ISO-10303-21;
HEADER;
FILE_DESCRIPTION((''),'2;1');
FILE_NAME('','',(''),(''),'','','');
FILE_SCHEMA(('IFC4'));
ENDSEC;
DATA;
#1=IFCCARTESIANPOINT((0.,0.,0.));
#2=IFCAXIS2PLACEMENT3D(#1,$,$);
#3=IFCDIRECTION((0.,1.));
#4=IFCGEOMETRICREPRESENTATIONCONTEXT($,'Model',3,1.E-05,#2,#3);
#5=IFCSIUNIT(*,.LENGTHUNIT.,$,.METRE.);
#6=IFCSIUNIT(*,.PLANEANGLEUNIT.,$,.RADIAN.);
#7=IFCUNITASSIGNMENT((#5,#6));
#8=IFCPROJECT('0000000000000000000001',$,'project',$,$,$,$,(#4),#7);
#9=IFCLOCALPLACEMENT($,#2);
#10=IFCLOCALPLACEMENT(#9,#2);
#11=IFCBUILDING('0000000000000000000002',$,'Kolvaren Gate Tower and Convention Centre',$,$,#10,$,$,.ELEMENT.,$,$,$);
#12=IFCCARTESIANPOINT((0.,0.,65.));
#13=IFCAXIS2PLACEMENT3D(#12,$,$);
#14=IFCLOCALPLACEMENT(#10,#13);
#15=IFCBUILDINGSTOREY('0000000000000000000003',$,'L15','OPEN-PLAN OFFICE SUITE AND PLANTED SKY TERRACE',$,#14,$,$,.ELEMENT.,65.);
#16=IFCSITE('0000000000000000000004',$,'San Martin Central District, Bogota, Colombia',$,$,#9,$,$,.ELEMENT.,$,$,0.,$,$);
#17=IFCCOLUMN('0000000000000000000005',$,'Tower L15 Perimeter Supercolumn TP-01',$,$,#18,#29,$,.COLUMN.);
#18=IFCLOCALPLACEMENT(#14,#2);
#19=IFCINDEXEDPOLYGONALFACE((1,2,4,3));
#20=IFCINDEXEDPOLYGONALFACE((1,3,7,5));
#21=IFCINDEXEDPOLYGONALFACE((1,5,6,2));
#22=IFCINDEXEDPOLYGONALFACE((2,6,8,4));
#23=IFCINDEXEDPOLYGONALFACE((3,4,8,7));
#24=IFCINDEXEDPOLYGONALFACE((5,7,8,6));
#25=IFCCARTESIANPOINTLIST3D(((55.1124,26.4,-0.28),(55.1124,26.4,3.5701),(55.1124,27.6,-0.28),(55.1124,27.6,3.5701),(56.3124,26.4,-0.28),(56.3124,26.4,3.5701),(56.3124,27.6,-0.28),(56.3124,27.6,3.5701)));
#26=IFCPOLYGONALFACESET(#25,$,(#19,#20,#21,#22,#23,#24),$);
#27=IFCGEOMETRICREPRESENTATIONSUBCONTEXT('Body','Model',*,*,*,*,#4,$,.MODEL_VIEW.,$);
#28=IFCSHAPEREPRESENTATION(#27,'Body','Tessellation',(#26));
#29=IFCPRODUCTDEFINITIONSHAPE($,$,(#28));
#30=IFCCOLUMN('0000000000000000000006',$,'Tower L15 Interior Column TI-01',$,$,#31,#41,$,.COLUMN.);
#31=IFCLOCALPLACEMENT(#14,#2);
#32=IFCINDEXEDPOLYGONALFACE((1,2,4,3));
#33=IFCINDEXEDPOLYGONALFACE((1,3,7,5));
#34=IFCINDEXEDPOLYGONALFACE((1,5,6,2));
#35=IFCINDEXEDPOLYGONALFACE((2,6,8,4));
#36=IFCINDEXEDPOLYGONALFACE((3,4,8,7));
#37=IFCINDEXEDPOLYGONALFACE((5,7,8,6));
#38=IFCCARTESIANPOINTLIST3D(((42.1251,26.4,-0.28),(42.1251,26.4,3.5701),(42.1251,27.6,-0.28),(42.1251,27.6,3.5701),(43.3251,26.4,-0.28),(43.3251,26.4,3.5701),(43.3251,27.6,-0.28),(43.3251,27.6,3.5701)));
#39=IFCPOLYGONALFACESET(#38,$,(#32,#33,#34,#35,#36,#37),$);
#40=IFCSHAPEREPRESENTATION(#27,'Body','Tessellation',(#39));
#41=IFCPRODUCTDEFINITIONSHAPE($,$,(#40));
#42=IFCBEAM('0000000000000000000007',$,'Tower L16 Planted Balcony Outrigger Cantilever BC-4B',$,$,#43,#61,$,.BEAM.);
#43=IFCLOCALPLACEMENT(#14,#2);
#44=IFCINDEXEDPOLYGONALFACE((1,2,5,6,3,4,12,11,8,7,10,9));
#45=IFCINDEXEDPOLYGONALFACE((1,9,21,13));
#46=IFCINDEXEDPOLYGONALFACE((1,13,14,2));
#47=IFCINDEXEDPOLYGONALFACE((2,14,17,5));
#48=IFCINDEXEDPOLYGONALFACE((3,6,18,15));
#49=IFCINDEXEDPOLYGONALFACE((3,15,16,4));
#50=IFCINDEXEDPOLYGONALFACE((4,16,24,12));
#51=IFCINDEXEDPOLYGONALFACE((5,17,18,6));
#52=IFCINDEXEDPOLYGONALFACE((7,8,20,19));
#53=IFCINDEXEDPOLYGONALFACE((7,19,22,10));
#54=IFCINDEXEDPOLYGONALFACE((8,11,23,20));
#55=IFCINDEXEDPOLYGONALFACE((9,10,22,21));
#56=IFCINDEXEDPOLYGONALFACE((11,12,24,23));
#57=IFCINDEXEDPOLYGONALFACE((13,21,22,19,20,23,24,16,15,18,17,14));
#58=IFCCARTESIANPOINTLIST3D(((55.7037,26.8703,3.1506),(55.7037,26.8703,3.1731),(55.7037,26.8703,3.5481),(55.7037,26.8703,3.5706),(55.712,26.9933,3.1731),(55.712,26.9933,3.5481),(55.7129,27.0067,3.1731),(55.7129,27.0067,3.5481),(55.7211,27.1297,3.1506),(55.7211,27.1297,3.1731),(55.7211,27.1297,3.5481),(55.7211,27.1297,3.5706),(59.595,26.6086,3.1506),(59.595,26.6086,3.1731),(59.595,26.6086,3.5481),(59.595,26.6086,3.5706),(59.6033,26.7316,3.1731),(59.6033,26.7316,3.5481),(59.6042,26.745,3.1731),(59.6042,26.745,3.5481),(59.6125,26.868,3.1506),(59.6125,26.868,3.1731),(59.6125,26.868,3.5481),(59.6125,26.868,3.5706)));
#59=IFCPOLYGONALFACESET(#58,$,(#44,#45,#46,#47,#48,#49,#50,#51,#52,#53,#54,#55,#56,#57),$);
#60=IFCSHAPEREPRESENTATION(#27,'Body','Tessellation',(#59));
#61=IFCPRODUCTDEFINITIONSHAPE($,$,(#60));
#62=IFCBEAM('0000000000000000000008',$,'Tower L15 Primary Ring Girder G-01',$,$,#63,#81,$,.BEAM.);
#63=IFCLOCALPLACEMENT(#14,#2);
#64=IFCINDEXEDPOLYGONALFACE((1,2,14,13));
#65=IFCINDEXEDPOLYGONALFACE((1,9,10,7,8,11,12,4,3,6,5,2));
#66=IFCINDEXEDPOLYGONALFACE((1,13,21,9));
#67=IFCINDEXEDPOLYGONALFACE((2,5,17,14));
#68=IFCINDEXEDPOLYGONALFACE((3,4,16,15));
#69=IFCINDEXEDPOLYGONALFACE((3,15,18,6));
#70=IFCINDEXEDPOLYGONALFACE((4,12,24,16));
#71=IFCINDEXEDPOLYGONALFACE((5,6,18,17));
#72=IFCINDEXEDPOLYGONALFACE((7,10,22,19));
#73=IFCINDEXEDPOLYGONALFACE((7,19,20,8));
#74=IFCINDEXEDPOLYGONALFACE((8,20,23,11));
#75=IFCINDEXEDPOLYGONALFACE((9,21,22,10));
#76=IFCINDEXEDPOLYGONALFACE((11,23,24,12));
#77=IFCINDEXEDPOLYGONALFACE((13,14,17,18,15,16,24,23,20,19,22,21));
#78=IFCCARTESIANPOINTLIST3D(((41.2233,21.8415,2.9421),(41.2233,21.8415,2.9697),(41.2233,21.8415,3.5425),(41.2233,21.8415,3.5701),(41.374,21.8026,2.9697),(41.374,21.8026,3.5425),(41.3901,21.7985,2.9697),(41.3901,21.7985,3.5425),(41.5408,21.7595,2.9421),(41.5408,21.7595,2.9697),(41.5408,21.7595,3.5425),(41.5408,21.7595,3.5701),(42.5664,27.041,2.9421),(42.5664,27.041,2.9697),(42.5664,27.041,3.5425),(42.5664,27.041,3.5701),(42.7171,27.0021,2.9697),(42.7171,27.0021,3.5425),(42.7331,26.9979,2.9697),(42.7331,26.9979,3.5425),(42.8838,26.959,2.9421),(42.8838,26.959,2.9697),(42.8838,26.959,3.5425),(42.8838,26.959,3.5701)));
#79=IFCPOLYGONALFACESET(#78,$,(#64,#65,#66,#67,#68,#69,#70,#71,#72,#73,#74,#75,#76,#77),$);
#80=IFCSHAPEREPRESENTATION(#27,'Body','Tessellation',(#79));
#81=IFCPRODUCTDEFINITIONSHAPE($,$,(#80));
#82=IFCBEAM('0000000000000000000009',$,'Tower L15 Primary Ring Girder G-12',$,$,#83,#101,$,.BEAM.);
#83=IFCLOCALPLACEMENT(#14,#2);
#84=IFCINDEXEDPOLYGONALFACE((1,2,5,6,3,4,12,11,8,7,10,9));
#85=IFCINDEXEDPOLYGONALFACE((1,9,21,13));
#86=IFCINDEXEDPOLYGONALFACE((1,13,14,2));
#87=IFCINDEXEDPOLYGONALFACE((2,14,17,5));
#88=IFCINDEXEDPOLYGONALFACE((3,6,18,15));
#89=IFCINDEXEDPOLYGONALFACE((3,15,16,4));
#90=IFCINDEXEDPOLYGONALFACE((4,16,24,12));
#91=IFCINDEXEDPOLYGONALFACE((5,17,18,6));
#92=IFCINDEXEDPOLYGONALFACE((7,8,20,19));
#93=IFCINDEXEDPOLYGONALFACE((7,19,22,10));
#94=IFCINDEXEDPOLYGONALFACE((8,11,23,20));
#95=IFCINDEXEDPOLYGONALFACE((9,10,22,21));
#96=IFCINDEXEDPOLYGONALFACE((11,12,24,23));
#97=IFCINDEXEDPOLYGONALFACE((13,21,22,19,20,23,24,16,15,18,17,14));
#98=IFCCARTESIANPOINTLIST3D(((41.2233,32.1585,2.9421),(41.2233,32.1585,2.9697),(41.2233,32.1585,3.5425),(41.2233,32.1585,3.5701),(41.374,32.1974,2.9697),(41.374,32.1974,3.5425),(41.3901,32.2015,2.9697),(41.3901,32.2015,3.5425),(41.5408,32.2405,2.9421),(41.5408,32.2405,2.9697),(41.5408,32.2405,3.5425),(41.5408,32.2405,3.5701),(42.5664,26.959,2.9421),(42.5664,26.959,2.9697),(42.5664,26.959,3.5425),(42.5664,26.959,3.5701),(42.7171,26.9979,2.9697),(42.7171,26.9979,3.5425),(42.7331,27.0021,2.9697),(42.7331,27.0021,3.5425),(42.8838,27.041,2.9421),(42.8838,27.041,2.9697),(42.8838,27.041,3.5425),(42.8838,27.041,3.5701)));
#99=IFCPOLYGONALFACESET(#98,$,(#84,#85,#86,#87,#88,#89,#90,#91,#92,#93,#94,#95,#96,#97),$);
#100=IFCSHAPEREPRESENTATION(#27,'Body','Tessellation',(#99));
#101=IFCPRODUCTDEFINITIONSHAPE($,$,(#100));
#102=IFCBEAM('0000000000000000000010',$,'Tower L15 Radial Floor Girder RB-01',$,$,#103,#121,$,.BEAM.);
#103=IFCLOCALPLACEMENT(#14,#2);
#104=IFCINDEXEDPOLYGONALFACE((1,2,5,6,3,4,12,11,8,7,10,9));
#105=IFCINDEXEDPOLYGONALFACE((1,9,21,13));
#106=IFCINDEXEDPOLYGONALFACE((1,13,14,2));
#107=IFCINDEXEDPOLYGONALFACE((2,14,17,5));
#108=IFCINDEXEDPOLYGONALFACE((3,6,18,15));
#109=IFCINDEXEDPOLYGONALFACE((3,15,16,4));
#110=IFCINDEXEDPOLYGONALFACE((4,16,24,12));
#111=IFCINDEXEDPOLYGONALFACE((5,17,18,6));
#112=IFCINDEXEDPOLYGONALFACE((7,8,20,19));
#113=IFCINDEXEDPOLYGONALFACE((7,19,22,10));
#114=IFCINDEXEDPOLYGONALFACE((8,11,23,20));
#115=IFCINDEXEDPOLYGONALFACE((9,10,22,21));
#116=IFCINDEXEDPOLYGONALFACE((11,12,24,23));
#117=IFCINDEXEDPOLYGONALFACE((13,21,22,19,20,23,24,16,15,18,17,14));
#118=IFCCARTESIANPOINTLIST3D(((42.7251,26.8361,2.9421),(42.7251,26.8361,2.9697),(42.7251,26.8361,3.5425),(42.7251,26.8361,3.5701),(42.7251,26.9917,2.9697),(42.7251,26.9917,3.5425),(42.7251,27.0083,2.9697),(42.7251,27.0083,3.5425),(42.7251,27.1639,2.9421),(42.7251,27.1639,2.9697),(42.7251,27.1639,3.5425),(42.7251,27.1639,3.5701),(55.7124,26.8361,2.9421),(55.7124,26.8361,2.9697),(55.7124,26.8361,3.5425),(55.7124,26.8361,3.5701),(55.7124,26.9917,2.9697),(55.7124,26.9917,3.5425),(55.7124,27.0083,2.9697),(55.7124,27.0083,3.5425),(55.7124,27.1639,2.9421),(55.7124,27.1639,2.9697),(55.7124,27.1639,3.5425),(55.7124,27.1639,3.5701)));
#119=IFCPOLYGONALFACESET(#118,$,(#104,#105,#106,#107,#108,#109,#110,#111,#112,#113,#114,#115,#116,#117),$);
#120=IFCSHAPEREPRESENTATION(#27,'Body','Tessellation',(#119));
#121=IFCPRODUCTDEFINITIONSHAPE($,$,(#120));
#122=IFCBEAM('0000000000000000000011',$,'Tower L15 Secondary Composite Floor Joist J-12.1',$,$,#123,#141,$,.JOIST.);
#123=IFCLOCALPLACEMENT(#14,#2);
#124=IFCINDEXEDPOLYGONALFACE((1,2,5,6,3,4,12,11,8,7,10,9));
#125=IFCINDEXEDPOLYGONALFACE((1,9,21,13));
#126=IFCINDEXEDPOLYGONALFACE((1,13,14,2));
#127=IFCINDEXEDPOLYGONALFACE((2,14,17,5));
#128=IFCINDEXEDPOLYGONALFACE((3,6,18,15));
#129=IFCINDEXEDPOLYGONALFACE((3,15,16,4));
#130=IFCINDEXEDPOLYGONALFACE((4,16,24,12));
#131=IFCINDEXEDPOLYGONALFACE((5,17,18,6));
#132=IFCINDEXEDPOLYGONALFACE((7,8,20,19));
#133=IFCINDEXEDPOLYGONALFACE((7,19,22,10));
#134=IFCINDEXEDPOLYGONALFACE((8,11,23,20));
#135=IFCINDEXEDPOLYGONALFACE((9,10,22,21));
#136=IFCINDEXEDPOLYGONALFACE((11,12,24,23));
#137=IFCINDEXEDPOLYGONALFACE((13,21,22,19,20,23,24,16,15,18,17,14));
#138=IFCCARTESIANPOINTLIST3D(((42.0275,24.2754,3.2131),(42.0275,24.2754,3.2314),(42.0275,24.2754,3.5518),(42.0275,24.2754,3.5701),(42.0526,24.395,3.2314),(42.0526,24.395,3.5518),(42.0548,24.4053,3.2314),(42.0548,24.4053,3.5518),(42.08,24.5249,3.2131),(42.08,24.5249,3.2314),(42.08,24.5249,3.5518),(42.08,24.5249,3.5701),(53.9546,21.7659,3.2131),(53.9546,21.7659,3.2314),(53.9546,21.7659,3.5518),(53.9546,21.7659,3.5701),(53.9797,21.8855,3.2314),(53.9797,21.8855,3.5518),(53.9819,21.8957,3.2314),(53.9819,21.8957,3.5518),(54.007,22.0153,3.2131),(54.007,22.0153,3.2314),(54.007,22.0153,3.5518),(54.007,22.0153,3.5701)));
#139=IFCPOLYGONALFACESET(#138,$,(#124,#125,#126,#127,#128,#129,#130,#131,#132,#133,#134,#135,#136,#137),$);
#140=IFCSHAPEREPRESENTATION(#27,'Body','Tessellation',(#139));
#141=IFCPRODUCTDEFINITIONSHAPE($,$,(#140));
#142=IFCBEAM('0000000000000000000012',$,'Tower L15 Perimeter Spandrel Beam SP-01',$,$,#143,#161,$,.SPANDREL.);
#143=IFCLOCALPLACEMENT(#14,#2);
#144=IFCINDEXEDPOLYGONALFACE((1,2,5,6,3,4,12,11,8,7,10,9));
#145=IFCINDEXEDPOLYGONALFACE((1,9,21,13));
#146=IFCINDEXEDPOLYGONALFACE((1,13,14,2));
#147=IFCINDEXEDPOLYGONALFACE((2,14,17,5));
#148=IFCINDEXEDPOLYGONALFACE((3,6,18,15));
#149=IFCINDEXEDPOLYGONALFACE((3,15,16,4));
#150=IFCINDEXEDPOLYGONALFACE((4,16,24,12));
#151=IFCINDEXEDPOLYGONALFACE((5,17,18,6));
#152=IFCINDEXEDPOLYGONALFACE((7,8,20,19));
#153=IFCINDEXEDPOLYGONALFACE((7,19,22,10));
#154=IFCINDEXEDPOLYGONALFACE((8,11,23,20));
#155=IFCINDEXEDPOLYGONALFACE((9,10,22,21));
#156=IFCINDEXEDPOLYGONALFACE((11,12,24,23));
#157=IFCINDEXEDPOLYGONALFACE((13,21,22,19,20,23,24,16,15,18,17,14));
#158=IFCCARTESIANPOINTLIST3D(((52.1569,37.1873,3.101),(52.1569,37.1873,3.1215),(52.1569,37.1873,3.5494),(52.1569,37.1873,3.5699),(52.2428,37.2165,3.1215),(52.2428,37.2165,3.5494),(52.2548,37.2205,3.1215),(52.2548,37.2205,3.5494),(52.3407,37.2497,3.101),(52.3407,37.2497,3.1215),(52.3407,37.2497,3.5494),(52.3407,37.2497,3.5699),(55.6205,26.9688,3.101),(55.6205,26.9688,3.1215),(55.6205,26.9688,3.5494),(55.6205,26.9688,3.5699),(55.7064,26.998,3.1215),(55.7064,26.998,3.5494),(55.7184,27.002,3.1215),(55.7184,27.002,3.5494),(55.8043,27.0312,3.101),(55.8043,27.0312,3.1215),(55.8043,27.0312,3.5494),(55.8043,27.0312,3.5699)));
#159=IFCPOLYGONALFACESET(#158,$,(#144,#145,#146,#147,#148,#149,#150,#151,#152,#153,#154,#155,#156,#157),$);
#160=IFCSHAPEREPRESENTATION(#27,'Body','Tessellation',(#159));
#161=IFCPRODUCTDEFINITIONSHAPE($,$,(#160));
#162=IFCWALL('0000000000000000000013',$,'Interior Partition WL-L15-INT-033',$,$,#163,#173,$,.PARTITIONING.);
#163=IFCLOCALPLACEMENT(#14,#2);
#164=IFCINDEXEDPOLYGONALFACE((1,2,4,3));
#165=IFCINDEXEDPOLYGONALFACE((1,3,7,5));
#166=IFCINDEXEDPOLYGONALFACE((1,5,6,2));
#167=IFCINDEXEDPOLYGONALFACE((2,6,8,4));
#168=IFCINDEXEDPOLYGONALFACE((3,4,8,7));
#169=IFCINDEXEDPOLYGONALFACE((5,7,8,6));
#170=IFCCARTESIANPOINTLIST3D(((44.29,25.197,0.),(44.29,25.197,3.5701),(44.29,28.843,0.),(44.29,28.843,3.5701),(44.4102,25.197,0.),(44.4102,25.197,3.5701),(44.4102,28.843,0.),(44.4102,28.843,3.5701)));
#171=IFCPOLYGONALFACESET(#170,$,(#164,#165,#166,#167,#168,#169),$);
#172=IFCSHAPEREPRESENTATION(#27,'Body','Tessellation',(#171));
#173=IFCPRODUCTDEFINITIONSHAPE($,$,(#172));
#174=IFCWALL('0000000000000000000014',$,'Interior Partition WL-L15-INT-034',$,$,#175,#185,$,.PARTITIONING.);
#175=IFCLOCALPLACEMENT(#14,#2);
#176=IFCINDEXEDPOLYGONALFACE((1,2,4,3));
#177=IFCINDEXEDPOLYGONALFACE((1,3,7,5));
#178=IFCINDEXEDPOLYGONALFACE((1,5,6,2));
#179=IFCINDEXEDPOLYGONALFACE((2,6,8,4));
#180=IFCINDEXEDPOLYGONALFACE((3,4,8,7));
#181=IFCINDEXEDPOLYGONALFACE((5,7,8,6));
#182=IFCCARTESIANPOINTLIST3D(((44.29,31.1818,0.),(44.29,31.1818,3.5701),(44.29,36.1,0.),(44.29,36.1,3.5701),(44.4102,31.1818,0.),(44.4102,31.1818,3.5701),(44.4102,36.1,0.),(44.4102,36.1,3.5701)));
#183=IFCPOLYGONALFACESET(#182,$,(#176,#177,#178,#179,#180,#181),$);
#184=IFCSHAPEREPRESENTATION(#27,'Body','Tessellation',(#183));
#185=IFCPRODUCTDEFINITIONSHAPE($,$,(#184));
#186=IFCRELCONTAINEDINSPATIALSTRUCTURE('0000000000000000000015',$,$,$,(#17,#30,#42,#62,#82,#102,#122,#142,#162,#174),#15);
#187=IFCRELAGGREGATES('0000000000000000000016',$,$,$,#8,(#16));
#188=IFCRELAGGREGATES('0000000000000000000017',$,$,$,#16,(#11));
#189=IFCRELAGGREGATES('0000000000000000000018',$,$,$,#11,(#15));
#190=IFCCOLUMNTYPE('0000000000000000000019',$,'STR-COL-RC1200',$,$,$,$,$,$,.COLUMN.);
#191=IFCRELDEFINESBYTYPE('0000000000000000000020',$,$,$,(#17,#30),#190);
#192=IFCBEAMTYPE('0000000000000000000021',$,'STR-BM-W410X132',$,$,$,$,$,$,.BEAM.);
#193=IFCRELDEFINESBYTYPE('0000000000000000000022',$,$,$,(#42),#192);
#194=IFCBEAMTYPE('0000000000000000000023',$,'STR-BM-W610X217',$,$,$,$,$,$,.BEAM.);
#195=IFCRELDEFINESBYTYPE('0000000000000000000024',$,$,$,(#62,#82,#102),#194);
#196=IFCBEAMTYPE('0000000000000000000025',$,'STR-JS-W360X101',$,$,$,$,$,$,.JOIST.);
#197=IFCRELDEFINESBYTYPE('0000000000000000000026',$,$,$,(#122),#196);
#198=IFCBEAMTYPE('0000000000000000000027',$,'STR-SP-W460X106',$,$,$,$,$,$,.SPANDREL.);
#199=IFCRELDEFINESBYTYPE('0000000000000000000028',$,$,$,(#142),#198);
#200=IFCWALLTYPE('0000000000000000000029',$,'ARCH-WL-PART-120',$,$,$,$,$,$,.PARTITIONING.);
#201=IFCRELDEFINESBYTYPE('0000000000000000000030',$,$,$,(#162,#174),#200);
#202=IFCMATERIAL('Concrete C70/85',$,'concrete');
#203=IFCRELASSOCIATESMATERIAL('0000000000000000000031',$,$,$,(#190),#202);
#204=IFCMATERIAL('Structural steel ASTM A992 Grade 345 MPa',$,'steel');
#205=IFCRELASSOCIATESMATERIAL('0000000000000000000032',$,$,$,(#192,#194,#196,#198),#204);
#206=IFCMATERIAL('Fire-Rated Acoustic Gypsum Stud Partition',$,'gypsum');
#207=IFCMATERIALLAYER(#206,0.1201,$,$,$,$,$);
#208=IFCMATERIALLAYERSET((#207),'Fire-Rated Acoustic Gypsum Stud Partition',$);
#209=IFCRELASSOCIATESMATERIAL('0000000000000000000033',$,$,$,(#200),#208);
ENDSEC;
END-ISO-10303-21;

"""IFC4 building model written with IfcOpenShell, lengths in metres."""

from ifc_helpers import new_model, si_unit, direction, frame, frame_2d, origin, origin_2d, place, context, subcontext, project, spatial, rectangle, i_section, extrude, material, layer, layer_set, material_profile, profile_set, type_object, element, save


model = new_model("IFC4")

# Units and contexts
model_context = context("Model", 3, precision=1e-05, world=origin(), true_north=direction((0.0, 1.0)))
body_context = subcontext(model_context, "Body", "Model", "MODEL_VIEW")
ifc_project = project(units=[si_unit("LENGTHUNIT", "METRE"), si_unit("PLANEANGLEUNIT", "RADIAN")], contexts=[model_context])

# Site, building, storey
site_placement = place(None, origin())
site = spatial("IfcSite", under=ifc_project, at=site_placement, Name="San Martin Central District, Bogota, Colombia", CompositionType="ELEMENT", RefElevation=0.0)
building_placement = place(site_placement, origin())
building = spatial("IfcBuilding", under=site, at=building_placement, Name="Kolvaren Gate Tower and Convention Centre", CompositionType="ELEMENT")
storey_placement = place(building_placement, frame((0.0, 0.0, 65.0)))
storey = spatial("IfcBuildingStorey", under=building, at=storey_placement, Name="L15", Description="OPEN-PLAN OFFICE SUITE AND PLANTED SKY TERRACE", CompositionType="ELEMENT", Elevation=65.0)

# Columns
ifc_material_1 = material(Name="Concrete C70/85", Category="concrete")
ifc_material_profile_1 = material_profile(ifc_material_1, rectangle(XDim=1.2, YDim=1.2, at=origin_2d()), Name="RC-COL-1200X1200")
ifc_profile_set_1 = profile_set([ifc_material_profile_1], Name="Concrete C70/85")
column_type = type_object("IfcColumnType", Name="STR-COL-RC1200", PredefinedType="COLUMN", material=ifc_profile_set_1)
for number, where, z_axis, x_axis, name in (
    (1, (55.7124, 27.0, -0.28), (0.0, 0.0, 1.0), (1.0, 0.0, 0.0), "Tower L15 Perimeter Supercolumn TP-01"),
    (2, (42.7251, 27.0, -0.28), (0.0, 0.0, 1.0), (1.0, 0.0, 0.0), "Tower L15 Interior Column TI-01"),
):
    element("IfcColumn", number, at=place(storey_placement, frame(where, z_axis=z_axis, x_axis=x_axis)), inside=storey, type_object=column_type, Name=name, PredefinedType="COLUMN", context=body_context, shape_type="SweptSolid", body=[
        extrude(rectangle(XDim=1.2, YDim=1.2, at=origin_2d()), origin(), (0.0, 0.0, 1.0), 3.8501),
    ])

# Beams
ifc_material_2 = material(Name="Structural steel ASTM A992 Grade 345 MPa", Category="steel")
ifc_material_profile_2 = material_profile(ifc_material_2, i_section(OverallWidth=0.26, OverallDepth=0.4199, WebThickness=0.0134, FlangeThickness=0.0225, at=origin_2d()), Name="W410X132")
ifc_profile_set_2 = profile_set([ifc_material_profile_2], Name="Structural steel ASTM A992 Grade 345 MPa")
beam_type_1 = type_object("IfcBeamType", Name="STR-BM-W410X132", PredefinedType="BEAM", material=ifc_profile_set_2)
beam_1_placement = place(storey_placement, frame((55.7124, 27.0, 3.3606), z_axis=(0.997746, -0.067105, 0.0), x_axis=(0.067105, 0.997746, 0.0)))
element("IfcBeam", 3, at=beam_1_placement, inside=storey, type_object=beam_type_1, Name="Tower L16 Planted Balcony Outrigger Cantilever BC-4B", PredefinedType="BEAM", context=body_context, shape_type="SweptSolid", body=[
    extrude(i_section(OverallWidth=0.26, OverallDepth=0.4199, WebThickness=0.0134, FlangeThickness=0.0225, at=origin_2d()), origin(), (0.0, 0.0, 1.0), 3.9001),
])
ifc_material_profile_3 = material_profile(ifc_material_2, i_section(OverallWidth=0.3279, OverallDepth=0.6279, WebThickness=0.0166, FlangeThickness=0.0276, at=origin_2d()), Name="W610X217")
ifc_profile_set_3 = profile_set([ifc_material_profile_3], Name="Structural steel ASTM A992 Grade 345 MPa")
beam_type_2 = type_object("IfcBeamType", Name="STR-BM-W610X217", PredefinedType="BEAM", material=ifc_profile_set_3)
for number, where, z_axis, x_axis, name in (
    (4, (42.7251, 27.0, 3.2561), (-0.250091, -0.968222, 0.0), (0.968222, -0.250091, 0.0), "Tower L15 Primary Ring Girder G-01"),
    (5, (42.7251, 27.0, 3.2561), (-0.250091, 0.968222, 0.0), (-0.968222, -0.250091, 0.0), "Tower L15 Primary Ring Girder G-12"),
):
    element("IfcBeam", number, at=place(storey_placement, frame(where, z_axis=z_axis, x_axis=x_axis)), inside=storey, type_object=beam_type_2, Name=name, PredefinedType="BEAM", context=body_context, shape_type="SweptSolid", body=[
        extrude(i_section(OverallWidth=0.3279, OverallDepth=0.6279, WebThickness=0.0166, FlangeThickness=0.0276, at=origin_2d()), origin(), (0.0, 0.0, 1.0), 5.3701),
    ])
beam_2_placement = place(storey_placement, frame((42.7251, 27.0, 3.2561), z_axis=(1.0, 0.0, 0.0), x_axis=(0.0, 1.0, 0.0)))
element("IfcBeam", 6, at=beam_2_placement, inside=storey, type_object=beam_type_2, Name="Tower L15 Radial Floor Girder RB-01", PredefinedType="BEAM", context=body_context, shape_type="SweptSolid", body=[
    extrude(i_section(OverallWidth=0.3279, OverallDepth=0.6279, WebThickness=0.0166, FlangeThickness=0.0276, at=origin_2d()), origin(), (0.0, 0.0, 1.0), 12.9873),
])
ifc_material_profile_4 = material_profile(ifc_material_2, i_section(OverallWidth=0.2549, OverallDepth=0.3569, WebThickness=0.0105, FlangeThickness=0.0183, at=origin_2d()), Name="W360X101")
ifc_profile_set_4 = profile_set([ifc_material_profile_4], Name="Structural steel ASTM A992 Grade 345 MPa")
beam_type_3 = type_object("IfcBeamType", Name="STR-JS-W360X101", PredefinedType="JOIST", material=ifc_profile_set_4)
beam_3_placement = place(storey_placement, frame((42.0537, 24.4001, 3.3916), z_axis=(0.978573, -0.205898, 0.0), x_axis=(0.205898, 0.978573, 0.0)))
element("IfcBeam", 7, at=beam_3_placement, inside=storey, type_object=beam_type_3, Name="Tower L15 Secondary Composite Floor Joist J-12.1", PredefinedType="JOIST", context=body_context, shape_type="SweptSolid", body=[
    extrude(i_section(OverallWidth=0.2549, OverallDepth=0.3569, WebThickness=0.0105, FlangeThickness=0.0183, at=origin_2d()), origin(), (0.0, 0.0, 1.0), 12.1882),
])
ifc_material_profile_5 = material_profile(ifc_material_2, i_section(OverallWidth=0.1941, OverallDepth=0.469, WebThickness=0.0127, FlangeThickness=0.0205, at=origin_2d()), Name="W460X106")
ifc_profile_set_5 = profile_set([ifc_material_profile_5], Name="Structural steel ASTM A992 Grade 345 MPa")
beam_type_4 = type_object("IfcBeamType", Name="STR-SP-W460X106", PredefinedType="SPANDREL", material=ifc_profile_set_5)
beam_4_placement = place(storey_placement, frame((55.7124, 27.0, 3.3354), z_axis=(-0.321016, 0.947074, 0.0), x_axis=(-0.947074, -0.321016, 0.0)))
element("IfcBeam", 8, at=beam_4_placement, inside=storey, type_object=beam_type_4, Name="Tower L15 Perimeter Spandrel Beam SP-01", PredefinedType="SPANDREL", context=body_context, shape_type="SweptSolid", body=[
    extrude(i_section(OverallWidth=0.1941, OverallDepth=0.469, WebThickness=0.0127, FlangeThickness=0.0205, at=origin_2d()), origin(), (0.0, 0.0, 1.0), 10.7896),
])

# Walls
ifc_material_3 = material(Name="Fire-Rated Acoustic Gypsum Stud Partition", Category="gypsum")
ifc_layer = layer(ifc_material_3, 0.1201)
ifc_layer_set = layer_set([ifc_layer], Name="Fire-Rated Acoustic Gypsum Stud Partition")
wall_type = type_object("IfcWallType", Name="ARCH-WL-PART-120", PredefinedType="PARTITIONING", material=ifc_layer_set)
wall_1_placement = place(storey_placement, frame((44.3501, 25.197, 0.0), z_axis=(0.0, 0.0, 1.0), x_axis=(0.0, 1.0, 0.0)))
element("IfcWall", 9, at=wall_1_placement, inside=storey, type_object=wall_type, Name="Interior Partition WL-L15-INT-033", PredefinedType="PARTITIONING", context=body_context, shape_type="SweptSolid", body=[
    extrude(rectangle(XDim=3.646, YDim=0.1201, at=frame_2d((1.823, 0.0))), origin(), (0.0, 0.0, 1.0), 3.5701),
])
wall_2_placement = place(storey_placement, frame((44.3501, 31.1819, 0.0), z_axis=(0.0, 0.0, 1.0), x_axis=(0.0, 1.0, 0.0)))
element("IfcWall", 10, at=wall_2_placement, inside=storey, type_object=wall_type, Name="Interior Partition WL-L15-INT-034", PredefinedType="PARTITIONING", context=body_context, shape_type="SweptSolid", body=[
    extrude(rectangle(XDim=4.9182, YDim=0.1201, at=frame_2d((2.459, 0.0))), origin(), (0.0, 0.0, 1.0), 3.5701),
])

save(model, "model.ifc")
